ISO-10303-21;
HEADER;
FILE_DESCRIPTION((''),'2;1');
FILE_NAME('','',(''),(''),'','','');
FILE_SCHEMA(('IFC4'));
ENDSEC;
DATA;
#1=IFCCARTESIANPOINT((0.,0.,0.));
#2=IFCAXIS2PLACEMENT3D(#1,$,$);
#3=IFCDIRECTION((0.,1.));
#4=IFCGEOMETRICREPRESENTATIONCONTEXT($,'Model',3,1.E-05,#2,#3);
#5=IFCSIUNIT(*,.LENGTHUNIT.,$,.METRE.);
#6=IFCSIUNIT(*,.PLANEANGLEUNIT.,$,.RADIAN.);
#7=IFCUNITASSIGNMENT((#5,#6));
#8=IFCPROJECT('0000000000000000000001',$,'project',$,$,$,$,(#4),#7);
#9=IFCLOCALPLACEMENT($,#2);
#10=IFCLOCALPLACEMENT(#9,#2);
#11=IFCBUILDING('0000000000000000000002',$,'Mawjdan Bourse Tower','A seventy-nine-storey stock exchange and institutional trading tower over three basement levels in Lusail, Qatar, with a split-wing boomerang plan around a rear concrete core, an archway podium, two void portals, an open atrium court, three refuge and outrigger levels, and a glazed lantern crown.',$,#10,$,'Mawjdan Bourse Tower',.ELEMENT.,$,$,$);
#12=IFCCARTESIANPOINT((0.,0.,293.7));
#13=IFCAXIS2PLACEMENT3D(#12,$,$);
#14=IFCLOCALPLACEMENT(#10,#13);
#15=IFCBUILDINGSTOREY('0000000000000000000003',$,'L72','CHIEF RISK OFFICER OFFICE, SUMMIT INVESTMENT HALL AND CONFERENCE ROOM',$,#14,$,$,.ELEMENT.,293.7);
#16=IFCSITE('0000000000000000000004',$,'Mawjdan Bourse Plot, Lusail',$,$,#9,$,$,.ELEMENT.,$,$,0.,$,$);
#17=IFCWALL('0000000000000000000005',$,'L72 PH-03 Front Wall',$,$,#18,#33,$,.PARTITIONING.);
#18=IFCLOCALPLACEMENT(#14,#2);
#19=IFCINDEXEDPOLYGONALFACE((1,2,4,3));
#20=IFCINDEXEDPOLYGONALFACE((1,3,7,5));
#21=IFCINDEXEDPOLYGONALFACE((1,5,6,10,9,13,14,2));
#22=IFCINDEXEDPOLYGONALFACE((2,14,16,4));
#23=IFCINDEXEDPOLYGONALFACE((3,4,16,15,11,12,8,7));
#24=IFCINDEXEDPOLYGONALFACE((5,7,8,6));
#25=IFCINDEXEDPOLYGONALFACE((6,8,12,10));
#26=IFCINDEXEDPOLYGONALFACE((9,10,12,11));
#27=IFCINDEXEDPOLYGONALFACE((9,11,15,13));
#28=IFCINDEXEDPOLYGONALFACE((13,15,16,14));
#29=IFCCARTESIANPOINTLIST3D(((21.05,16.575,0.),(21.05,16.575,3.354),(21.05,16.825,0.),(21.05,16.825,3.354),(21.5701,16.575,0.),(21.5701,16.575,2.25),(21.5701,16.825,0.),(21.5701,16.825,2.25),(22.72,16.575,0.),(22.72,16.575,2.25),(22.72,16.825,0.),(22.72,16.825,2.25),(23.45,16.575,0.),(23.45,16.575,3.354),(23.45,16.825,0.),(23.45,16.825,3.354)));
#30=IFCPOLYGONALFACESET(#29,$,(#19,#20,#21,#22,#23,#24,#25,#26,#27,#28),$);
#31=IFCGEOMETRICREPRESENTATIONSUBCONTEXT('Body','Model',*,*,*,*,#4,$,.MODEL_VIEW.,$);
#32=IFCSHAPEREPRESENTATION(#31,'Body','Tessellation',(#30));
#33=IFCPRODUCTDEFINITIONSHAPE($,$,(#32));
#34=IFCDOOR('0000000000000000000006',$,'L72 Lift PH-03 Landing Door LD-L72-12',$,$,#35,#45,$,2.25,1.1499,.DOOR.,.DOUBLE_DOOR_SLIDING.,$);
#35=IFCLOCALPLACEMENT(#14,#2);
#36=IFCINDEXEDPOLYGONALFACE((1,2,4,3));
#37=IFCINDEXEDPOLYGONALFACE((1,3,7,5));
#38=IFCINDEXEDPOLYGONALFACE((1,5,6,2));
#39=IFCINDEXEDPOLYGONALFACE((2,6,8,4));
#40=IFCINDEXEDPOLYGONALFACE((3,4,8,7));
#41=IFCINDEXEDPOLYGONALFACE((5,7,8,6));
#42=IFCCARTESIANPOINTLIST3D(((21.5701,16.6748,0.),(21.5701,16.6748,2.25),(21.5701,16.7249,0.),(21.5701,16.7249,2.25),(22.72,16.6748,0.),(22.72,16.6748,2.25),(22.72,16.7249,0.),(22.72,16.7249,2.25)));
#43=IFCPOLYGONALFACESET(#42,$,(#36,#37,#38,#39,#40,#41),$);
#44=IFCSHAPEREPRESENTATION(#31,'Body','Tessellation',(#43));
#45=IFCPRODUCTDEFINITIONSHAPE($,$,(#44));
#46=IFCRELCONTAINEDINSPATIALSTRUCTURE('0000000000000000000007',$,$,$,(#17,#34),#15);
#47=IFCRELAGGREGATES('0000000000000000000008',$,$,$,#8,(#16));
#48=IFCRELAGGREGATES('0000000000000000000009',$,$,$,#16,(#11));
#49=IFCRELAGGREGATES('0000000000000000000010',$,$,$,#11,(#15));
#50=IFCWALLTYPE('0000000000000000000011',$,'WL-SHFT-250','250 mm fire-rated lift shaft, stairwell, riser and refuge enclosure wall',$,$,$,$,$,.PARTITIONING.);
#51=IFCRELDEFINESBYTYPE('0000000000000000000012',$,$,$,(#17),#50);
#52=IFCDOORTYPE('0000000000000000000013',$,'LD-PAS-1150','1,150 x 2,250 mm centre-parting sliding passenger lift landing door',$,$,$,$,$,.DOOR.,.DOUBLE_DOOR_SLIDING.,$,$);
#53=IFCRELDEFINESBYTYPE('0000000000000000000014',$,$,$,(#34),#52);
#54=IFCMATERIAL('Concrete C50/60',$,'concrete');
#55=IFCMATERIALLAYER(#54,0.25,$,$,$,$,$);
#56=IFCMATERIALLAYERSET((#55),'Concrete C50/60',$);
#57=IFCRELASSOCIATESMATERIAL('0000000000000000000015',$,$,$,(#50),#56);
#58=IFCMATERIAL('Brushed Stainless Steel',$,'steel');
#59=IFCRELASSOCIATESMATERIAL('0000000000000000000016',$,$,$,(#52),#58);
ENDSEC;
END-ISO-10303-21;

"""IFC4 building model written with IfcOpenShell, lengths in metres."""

from ifc_helpers import new_model, si_unit, direction, frame, frame_2d, origin, place, context, subcontext, project, spatial, rectangle, extrude, material, layer, layer_set, type_object, element, fill, save


model = new_model("IFC4")

# Units and contexts
model_context = context("Model", 3, precision=1e-05, world=origin(), true_north=direction((0.0, 1.0)))
body_context = subcontext(model_context, "Body", "Model", "MODEL_VIEW")
ifc_project = project(units=[si_unit("LENGTHUNIT", "METRE"), si_unit("PLANEANGLEUNIT", "RADIAN")], contexts=[model_context])

# Site, building, storey
site_placement = place(None, origin())
site = spatial("IfcSite", under=ifc_project, at=site_placement, Name="Mawjdan Bourse Plot, Lusail", CompositionType="ELEMENT", RefElevation=0.0)
building_placement = place(site_placement, origin())
building = spatial("IfcBuilding", under=site, at=building_placement, Name="Mawjdan Bourse Tower", Description="A seventy-nine-storey stock exchange and institutional trading tower over three basement levels in Lusail, Qatar, with a split-wing boomerang plan around a rear concrete core, an archway podium, two void portals, an open atrium court, three refuge and outrigger levels, and a glazed lantern crown.", LongName="Mawjdan Bourse Tower", CompositionType="ELEMENT")
storey_placement = place(building_placement, frame((0.0, 0.0, 293.7)))
storey = spatial("IfcBuildingStorey", under=building, at=storey_placement, Name="L72", Description="CHIEF RISK OFFICER OFFICE, SUMMIT INVESTMENT HALL AND CONFERENCE ROOM", CompositionType="ELEMENT", Elevation=293.7)

# Shared definitions
ifc_material_1 = material(Name="Concrete C50/60", Category="concrete")
ifc_layer_1 = layer(ifc_material_1, 0.25)
ifc_layer_set_1 = layer_set([ifc_layer_1], Name="Concrete C50/60")
wall_type_1 = type_object("IfcWallType", Name="WL-SHFT-250", Description="250 mm fire-rated lift shaft, stairwell, riser and refuge enclosure wall", PredefinedType="PARTITIONING", material=ifc_layer_set_1)

# Wall, opening, door
wall_1_placement = place(storey_placement, frame((21.05, 16.7, 0.0), z_axis=(0.0, 0.0, 1.0), x_axis=(1.0, 0.0, 0.0)))
wall_1 = element("IfcWall", 1, at=wall_1_placement, inside=storey, type_object=wall_type_1, Name="L72 PH-03 Front Wall", PredefinedType="PARTITIONING", context=body_context, shape_type="SweptSolid", body=[
    extrude(rectangle(XDim=2.3999, YDim=0.25, at=frame_2d((1.2, 0.0))), origin(), (0.0, 0.0, 1.0), 3.354),
])
opening_1_placement = place(wall_1_placement, frame((0.52, 0.0, 0.0)))
opening_1 = element("IfcOpeningElement", 2, at=opening_1_placement, cuts=wall_1, PredefinedType="OPENING", context=body_context, shape_type="SweptSolid", body=[
    extrude(rectangle(XDim=1.1499, YDim=2.25, at=frame_2d((0.575, 1.125))), frame((0.0, 0.135, 0.0), z_axis=(0.0, -1.0, 0.0), x_axis=(1.0, 0.0, 0.0)), (0.0, 0.0, 1.0), 0.27),
])
ifc_material_2 = material(Name="Brushed Stainless Steel", Category="steel")
door_type_1 = type_object("IfcDoorType", Name="LD-PAS-1150", Description="1,150 x 2,250 mm centre-parting sliding passenger lift landing door", OperationType="DOUBLE_DOOR_SLIDING", PredefinedType="DOOR", material=ifc_material_2)
door_1_placement = place(opening_1_placement, origin())
door_1 = element("IfcDoor", 3, at=door_1_placement, inside=storey, type_object=door_type_1, Name="L72 Lift PH-03 Landing Door LD-L72-12", OperationType="DOUBLE_DOOR_SLIDING", OverallHeight=2.25, OverallWidth=1.1499, PredefinedType="DOOR", context=body_context, shape_type="SweptSolid", body=[
    extrude(rectangle(XDim=1.1499, YDim=2.25, at=frame_2d((0.575, 1.125))), frame((0.0, 0.0249, 0.0), z_axis=(0.0, -1.0, 0.0), x_axis=(1.0, 0.0, 0.0)), (0.0, 0.0, 1.0), 0.05),
])
fill(opening_1, door_1)

save(model, "model.ifc")
